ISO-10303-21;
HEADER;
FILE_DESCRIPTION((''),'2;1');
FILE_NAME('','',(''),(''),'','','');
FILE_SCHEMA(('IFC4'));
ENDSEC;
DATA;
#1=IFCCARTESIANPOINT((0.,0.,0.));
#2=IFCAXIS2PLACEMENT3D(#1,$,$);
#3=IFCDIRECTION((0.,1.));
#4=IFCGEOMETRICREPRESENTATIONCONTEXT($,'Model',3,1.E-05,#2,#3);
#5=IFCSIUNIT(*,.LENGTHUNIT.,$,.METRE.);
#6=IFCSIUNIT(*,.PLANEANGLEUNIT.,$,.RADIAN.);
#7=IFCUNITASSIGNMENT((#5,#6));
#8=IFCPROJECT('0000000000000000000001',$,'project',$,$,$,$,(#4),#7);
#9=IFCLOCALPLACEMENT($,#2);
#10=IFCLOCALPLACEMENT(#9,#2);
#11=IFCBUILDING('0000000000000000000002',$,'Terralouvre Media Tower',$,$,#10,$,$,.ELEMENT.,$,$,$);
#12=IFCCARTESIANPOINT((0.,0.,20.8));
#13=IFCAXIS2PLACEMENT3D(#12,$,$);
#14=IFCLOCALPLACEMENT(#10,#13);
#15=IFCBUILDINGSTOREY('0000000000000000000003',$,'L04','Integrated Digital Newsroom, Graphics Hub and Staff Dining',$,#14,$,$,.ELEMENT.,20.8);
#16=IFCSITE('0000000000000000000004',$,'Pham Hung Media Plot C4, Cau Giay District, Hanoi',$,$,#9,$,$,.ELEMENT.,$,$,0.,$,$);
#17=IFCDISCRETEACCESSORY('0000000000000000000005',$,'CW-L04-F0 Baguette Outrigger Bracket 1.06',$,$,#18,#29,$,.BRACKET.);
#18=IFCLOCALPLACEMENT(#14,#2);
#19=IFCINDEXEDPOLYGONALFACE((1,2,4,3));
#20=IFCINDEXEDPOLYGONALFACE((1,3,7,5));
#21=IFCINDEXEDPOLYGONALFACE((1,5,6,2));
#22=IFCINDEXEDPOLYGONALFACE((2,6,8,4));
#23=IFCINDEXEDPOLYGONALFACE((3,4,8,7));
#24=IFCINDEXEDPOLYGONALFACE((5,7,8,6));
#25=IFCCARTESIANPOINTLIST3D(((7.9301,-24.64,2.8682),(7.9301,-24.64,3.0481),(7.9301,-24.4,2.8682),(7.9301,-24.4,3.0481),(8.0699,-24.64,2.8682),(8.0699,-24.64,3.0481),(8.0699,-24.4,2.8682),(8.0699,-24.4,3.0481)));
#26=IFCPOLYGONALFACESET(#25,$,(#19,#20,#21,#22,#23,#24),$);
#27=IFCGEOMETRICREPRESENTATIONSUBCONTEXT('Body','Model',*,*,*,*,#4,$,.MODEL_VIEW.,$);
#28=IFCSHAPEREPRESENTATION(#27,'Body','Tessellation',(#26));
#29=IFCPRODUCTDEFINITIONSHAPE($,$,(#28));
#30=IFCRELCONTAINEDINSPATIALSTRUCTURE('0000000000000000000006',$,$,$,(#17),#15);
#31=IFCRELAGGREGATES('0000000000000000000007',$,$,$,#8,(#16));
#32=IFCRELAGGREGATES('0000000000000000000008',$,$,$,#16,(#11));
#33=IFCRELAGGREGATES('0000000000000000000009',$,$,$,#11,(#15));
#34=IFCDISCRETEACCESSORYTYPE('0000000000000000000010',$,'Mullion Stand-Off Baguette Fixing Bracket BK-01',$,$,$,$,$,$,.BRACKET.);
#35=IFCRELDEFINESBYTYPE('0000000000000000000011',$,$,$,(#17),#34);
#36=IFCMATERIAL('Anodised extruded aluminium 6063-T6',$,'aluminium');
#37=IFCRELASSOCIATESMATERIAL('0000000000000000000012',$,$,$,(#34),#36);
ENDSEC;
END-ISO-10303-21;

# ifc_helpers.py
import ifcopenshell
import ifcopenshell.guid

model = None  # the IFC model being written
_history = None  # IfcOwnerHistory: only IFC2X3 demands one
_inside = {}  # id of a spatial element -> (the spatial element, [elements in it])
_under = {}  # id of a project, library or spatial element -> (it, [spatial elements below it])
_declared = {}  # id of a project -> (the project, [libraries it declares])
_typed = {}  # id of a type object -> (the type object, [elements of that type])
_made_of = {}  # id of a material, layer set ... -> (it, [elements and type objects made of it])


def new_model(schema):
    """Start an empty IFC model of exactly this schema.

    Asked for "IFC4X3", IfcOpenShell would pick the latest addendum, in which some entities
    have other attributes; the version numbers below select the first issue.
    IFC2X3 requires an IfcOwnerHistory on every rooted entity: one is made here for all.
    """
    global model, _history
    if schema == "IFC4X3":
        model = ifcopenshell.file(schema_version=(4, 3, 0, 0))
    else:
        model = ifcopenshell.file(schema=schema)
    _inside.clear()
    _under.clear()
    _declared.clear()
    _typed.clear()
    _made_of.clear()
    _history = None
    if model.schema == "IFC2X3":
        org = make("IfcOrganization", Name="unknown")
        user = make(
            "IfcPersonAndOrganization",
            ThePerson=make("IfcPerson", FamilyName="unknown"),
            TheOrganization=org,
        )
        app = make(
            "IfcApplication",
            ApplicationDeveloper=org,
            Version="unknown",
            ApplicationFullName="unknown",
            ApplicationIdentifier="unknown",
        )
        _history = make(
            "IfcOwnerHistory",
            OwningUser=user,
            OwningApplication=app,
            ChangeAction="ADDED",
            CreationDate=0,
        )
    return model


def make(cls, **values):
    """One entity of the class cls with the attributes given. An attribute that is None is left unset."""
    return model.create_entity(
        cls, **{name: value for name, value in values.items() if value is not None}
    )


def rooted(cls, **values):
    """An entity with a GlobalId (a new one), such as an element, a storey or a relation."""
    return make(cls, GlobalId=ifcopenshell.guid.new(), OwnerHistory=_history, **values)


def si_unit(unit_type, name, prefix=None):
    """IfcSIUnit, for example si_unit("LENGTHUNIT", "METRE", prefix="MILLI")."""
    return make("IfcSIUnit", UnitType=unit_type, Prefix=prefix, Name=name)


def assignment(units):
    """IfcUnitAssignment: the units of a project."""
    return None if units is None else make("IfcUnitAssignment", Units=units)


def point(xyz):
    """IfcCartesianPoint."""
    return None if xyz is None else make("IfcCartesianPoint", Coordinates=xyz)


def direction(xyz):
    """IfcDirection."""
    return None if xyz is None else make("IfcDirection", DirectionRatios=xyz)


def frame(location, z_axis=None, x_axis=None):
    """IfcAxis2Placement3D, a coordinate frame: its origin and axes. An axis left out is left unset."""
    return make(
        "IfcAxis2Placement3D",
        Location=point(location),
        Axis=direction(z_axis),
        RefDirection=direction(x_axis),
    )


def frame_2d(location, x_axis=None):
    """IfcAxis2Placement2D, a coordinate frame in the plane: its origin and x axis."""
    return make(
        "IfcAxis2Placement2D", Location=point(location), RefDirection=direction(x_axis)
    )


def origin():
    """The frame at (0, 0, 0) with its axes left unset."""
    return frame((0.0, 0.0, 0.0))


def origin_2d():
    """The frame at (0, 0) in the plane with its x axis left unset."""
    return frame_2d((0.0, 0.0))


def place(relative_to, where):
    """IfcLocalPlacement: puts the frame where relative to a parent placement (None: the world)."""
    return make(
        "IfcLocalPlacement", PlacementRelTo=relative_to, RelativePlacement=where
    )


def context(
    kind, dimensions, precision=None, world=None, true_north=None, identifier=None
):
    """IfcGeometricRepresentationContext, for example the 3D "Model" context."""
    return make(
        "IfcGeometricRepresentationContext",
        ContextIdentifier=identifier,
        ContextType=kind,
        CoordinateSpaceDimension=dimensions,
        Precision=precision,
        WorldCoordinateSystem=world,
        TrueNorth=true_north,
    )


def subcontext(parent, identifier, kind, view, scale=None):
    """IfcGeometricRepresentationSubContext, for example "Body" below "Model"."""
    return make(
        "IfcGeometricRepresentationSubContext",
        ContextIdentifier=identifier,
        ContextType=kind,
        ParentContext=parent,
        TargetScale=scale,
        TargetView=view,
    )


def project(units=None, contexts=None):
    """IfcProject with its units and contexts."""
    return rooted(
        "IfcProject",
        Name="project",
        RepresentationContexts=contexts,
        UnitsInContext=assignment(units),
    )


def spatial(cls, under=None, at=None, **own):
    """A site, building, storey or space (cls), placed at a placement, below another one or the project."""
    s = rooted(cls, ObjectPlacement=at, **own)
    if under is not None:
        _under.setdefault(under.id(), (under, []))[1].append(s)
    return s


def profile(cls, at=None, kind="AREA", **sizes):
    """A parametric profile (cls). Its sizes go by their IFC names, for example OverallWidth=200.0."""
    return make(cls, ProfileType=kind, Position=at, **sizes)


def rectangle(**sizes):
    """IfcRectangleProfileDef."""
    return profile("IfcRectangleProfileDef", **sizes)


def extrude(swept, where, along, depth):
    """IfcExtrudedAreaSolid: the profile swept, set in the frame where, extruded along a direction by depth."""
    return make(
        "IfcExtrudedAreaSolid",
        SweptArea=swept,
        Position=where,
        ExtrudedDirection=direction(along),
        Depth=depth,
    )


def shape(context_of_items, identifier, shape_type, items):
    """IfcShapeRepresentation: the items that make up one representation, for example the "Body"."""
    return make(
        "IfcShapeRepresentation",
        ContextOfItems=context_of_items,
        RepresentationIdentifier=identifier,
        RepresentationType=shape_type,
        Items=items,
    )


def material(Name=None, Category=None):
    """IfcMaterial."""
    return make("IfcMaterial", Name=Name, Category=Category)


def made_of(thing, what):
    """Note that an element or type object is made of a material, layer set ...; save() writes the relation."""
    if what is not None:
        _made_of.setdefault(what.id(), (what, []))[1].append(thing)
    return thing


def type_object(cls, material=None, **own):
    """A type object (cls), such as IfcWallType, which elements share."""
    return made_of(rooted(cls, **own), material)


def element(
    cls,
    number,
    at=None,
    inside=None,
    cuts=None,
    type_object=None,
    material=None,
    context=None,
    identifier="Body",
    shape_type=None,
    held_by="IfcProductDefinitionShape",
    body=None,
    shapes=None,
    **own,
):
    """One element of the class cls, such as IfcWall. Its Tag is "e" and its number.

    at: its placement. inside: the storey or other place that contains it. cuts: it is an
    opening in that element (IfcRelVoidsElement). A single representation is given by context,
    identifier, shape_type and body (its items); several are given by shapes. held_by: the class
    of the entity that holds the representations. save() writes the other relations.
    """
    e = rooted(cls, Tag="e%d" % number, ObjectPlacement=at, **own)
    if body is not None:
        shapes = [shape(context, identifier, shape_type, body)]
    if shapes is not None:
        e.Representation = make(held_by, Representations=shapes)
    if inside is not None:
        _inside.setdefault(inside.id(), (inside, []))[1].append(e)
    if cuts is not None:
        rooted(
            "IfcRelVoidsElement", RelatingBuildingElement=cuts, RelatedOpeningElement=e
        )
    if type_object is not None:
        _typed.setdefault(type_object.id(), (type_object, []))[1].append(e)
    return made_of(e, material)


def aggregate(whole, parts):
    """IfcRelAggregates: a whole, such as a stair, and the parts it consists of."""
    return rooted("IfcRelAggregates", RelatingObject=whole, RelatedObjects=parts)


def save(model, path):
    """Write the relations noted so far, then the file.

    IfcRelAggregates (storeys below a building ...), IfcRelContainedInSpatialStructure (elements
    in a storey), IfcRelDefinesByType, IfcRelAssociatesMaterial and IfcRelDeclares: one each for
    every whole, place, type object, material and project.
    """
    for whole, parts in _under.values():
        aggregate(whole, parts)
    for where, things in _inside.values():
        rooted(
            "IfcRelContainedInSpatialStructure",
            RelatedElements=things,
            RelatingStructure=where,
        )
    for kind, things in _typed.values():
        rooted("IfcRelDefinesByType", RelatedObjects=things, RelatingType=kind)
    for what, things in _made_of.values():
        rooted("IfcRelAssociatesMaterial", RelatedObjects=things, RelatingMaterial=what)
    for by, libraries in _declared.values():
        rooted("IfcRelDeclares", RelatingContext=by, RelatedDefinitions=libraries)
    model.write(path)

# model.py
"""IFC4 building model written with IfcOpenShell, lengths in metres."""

from ifc_helpers import new_model, si_unit, direction, frame, origin, origin_2d, place, context, subcontext, project, spatial, rectangle, extrude, material, type_object, element, save


model = new_model("IFC4")

# Units and contexts
model_context = context("Model", 3, precision=1e-05, world=origin(), true_north=direction((0.0, 1.0)))
body_context = subcontext(model_context, "Body", "Model", "MODEL_VIEW")
ifc_project = project(units=[si_unit("LENGTHUNIT", "METRE"), si_unit("PLANEANGLEUNIT", "RADIAN")], contexts=[model_context])

# Site, building, storey
site_placement = place(None, origin())
site = spatial("IfcSite", under=ifc_project, at=site_placement, Name="Pham Hung Media Plot C4, Cau Giay District, Hanoi", CompositionType="ELEMENT", RefElevation=0.0)
building_placement = place(site_placement, origin())
building = spatial("IfcBuilding", under=site, at=building_placement, Name="Terralouvre Media Tower", CompositionType="ELEMENT")
storey_placement = place(building_placement, frame((0.0, 0.0, 20.8)))
storey = spatial("IfcBuildingStorey", under=building, at=storey_placement, Name="L04", Description="Integrated Digital Newsroom, Graphics Hub and Staff Dining", CompositionType="ELEMENT", Elevation=20.8)

# Discrete accessory
ifc_material_1 = material(Name="Anodised extruded aluminium 6063-T6", Category="aluminium")
discrete_accessory_type = type_object("IfcDiscreteAccessoryType", Name="Mullion Stand-Off Baguette Fixing Bracket BK-01", PredefinedType="BRACKET", material=ifc_material_1)
for number, where, z_axis, x_axis, name in (
    (1, (8.0, -24.52, 2.8682), (0.0, 0.0, 1.0), (1.0, 0.0, 0.0), "CW-L04-F0 Baguette Outrigger Bracket 1.06"),
):
    element("IfcDiscreteAccessory", number, at=place(storey_placement, frame(where, z_axis=z_axis, x_axis=x_axis)), inside=storey, type_object=discrete_accessory_type, Name=name, PredefinedType="BRACKET", context=body_context, shape_type="SweptSolid", body=[
        extrude(rectangle(XDim=0.1399, YDim=0.24, at=origin_2d()), origin(), (0.0, 0.0, 1.0), 0.1799),
    ])

save(model, "model.ifc")
